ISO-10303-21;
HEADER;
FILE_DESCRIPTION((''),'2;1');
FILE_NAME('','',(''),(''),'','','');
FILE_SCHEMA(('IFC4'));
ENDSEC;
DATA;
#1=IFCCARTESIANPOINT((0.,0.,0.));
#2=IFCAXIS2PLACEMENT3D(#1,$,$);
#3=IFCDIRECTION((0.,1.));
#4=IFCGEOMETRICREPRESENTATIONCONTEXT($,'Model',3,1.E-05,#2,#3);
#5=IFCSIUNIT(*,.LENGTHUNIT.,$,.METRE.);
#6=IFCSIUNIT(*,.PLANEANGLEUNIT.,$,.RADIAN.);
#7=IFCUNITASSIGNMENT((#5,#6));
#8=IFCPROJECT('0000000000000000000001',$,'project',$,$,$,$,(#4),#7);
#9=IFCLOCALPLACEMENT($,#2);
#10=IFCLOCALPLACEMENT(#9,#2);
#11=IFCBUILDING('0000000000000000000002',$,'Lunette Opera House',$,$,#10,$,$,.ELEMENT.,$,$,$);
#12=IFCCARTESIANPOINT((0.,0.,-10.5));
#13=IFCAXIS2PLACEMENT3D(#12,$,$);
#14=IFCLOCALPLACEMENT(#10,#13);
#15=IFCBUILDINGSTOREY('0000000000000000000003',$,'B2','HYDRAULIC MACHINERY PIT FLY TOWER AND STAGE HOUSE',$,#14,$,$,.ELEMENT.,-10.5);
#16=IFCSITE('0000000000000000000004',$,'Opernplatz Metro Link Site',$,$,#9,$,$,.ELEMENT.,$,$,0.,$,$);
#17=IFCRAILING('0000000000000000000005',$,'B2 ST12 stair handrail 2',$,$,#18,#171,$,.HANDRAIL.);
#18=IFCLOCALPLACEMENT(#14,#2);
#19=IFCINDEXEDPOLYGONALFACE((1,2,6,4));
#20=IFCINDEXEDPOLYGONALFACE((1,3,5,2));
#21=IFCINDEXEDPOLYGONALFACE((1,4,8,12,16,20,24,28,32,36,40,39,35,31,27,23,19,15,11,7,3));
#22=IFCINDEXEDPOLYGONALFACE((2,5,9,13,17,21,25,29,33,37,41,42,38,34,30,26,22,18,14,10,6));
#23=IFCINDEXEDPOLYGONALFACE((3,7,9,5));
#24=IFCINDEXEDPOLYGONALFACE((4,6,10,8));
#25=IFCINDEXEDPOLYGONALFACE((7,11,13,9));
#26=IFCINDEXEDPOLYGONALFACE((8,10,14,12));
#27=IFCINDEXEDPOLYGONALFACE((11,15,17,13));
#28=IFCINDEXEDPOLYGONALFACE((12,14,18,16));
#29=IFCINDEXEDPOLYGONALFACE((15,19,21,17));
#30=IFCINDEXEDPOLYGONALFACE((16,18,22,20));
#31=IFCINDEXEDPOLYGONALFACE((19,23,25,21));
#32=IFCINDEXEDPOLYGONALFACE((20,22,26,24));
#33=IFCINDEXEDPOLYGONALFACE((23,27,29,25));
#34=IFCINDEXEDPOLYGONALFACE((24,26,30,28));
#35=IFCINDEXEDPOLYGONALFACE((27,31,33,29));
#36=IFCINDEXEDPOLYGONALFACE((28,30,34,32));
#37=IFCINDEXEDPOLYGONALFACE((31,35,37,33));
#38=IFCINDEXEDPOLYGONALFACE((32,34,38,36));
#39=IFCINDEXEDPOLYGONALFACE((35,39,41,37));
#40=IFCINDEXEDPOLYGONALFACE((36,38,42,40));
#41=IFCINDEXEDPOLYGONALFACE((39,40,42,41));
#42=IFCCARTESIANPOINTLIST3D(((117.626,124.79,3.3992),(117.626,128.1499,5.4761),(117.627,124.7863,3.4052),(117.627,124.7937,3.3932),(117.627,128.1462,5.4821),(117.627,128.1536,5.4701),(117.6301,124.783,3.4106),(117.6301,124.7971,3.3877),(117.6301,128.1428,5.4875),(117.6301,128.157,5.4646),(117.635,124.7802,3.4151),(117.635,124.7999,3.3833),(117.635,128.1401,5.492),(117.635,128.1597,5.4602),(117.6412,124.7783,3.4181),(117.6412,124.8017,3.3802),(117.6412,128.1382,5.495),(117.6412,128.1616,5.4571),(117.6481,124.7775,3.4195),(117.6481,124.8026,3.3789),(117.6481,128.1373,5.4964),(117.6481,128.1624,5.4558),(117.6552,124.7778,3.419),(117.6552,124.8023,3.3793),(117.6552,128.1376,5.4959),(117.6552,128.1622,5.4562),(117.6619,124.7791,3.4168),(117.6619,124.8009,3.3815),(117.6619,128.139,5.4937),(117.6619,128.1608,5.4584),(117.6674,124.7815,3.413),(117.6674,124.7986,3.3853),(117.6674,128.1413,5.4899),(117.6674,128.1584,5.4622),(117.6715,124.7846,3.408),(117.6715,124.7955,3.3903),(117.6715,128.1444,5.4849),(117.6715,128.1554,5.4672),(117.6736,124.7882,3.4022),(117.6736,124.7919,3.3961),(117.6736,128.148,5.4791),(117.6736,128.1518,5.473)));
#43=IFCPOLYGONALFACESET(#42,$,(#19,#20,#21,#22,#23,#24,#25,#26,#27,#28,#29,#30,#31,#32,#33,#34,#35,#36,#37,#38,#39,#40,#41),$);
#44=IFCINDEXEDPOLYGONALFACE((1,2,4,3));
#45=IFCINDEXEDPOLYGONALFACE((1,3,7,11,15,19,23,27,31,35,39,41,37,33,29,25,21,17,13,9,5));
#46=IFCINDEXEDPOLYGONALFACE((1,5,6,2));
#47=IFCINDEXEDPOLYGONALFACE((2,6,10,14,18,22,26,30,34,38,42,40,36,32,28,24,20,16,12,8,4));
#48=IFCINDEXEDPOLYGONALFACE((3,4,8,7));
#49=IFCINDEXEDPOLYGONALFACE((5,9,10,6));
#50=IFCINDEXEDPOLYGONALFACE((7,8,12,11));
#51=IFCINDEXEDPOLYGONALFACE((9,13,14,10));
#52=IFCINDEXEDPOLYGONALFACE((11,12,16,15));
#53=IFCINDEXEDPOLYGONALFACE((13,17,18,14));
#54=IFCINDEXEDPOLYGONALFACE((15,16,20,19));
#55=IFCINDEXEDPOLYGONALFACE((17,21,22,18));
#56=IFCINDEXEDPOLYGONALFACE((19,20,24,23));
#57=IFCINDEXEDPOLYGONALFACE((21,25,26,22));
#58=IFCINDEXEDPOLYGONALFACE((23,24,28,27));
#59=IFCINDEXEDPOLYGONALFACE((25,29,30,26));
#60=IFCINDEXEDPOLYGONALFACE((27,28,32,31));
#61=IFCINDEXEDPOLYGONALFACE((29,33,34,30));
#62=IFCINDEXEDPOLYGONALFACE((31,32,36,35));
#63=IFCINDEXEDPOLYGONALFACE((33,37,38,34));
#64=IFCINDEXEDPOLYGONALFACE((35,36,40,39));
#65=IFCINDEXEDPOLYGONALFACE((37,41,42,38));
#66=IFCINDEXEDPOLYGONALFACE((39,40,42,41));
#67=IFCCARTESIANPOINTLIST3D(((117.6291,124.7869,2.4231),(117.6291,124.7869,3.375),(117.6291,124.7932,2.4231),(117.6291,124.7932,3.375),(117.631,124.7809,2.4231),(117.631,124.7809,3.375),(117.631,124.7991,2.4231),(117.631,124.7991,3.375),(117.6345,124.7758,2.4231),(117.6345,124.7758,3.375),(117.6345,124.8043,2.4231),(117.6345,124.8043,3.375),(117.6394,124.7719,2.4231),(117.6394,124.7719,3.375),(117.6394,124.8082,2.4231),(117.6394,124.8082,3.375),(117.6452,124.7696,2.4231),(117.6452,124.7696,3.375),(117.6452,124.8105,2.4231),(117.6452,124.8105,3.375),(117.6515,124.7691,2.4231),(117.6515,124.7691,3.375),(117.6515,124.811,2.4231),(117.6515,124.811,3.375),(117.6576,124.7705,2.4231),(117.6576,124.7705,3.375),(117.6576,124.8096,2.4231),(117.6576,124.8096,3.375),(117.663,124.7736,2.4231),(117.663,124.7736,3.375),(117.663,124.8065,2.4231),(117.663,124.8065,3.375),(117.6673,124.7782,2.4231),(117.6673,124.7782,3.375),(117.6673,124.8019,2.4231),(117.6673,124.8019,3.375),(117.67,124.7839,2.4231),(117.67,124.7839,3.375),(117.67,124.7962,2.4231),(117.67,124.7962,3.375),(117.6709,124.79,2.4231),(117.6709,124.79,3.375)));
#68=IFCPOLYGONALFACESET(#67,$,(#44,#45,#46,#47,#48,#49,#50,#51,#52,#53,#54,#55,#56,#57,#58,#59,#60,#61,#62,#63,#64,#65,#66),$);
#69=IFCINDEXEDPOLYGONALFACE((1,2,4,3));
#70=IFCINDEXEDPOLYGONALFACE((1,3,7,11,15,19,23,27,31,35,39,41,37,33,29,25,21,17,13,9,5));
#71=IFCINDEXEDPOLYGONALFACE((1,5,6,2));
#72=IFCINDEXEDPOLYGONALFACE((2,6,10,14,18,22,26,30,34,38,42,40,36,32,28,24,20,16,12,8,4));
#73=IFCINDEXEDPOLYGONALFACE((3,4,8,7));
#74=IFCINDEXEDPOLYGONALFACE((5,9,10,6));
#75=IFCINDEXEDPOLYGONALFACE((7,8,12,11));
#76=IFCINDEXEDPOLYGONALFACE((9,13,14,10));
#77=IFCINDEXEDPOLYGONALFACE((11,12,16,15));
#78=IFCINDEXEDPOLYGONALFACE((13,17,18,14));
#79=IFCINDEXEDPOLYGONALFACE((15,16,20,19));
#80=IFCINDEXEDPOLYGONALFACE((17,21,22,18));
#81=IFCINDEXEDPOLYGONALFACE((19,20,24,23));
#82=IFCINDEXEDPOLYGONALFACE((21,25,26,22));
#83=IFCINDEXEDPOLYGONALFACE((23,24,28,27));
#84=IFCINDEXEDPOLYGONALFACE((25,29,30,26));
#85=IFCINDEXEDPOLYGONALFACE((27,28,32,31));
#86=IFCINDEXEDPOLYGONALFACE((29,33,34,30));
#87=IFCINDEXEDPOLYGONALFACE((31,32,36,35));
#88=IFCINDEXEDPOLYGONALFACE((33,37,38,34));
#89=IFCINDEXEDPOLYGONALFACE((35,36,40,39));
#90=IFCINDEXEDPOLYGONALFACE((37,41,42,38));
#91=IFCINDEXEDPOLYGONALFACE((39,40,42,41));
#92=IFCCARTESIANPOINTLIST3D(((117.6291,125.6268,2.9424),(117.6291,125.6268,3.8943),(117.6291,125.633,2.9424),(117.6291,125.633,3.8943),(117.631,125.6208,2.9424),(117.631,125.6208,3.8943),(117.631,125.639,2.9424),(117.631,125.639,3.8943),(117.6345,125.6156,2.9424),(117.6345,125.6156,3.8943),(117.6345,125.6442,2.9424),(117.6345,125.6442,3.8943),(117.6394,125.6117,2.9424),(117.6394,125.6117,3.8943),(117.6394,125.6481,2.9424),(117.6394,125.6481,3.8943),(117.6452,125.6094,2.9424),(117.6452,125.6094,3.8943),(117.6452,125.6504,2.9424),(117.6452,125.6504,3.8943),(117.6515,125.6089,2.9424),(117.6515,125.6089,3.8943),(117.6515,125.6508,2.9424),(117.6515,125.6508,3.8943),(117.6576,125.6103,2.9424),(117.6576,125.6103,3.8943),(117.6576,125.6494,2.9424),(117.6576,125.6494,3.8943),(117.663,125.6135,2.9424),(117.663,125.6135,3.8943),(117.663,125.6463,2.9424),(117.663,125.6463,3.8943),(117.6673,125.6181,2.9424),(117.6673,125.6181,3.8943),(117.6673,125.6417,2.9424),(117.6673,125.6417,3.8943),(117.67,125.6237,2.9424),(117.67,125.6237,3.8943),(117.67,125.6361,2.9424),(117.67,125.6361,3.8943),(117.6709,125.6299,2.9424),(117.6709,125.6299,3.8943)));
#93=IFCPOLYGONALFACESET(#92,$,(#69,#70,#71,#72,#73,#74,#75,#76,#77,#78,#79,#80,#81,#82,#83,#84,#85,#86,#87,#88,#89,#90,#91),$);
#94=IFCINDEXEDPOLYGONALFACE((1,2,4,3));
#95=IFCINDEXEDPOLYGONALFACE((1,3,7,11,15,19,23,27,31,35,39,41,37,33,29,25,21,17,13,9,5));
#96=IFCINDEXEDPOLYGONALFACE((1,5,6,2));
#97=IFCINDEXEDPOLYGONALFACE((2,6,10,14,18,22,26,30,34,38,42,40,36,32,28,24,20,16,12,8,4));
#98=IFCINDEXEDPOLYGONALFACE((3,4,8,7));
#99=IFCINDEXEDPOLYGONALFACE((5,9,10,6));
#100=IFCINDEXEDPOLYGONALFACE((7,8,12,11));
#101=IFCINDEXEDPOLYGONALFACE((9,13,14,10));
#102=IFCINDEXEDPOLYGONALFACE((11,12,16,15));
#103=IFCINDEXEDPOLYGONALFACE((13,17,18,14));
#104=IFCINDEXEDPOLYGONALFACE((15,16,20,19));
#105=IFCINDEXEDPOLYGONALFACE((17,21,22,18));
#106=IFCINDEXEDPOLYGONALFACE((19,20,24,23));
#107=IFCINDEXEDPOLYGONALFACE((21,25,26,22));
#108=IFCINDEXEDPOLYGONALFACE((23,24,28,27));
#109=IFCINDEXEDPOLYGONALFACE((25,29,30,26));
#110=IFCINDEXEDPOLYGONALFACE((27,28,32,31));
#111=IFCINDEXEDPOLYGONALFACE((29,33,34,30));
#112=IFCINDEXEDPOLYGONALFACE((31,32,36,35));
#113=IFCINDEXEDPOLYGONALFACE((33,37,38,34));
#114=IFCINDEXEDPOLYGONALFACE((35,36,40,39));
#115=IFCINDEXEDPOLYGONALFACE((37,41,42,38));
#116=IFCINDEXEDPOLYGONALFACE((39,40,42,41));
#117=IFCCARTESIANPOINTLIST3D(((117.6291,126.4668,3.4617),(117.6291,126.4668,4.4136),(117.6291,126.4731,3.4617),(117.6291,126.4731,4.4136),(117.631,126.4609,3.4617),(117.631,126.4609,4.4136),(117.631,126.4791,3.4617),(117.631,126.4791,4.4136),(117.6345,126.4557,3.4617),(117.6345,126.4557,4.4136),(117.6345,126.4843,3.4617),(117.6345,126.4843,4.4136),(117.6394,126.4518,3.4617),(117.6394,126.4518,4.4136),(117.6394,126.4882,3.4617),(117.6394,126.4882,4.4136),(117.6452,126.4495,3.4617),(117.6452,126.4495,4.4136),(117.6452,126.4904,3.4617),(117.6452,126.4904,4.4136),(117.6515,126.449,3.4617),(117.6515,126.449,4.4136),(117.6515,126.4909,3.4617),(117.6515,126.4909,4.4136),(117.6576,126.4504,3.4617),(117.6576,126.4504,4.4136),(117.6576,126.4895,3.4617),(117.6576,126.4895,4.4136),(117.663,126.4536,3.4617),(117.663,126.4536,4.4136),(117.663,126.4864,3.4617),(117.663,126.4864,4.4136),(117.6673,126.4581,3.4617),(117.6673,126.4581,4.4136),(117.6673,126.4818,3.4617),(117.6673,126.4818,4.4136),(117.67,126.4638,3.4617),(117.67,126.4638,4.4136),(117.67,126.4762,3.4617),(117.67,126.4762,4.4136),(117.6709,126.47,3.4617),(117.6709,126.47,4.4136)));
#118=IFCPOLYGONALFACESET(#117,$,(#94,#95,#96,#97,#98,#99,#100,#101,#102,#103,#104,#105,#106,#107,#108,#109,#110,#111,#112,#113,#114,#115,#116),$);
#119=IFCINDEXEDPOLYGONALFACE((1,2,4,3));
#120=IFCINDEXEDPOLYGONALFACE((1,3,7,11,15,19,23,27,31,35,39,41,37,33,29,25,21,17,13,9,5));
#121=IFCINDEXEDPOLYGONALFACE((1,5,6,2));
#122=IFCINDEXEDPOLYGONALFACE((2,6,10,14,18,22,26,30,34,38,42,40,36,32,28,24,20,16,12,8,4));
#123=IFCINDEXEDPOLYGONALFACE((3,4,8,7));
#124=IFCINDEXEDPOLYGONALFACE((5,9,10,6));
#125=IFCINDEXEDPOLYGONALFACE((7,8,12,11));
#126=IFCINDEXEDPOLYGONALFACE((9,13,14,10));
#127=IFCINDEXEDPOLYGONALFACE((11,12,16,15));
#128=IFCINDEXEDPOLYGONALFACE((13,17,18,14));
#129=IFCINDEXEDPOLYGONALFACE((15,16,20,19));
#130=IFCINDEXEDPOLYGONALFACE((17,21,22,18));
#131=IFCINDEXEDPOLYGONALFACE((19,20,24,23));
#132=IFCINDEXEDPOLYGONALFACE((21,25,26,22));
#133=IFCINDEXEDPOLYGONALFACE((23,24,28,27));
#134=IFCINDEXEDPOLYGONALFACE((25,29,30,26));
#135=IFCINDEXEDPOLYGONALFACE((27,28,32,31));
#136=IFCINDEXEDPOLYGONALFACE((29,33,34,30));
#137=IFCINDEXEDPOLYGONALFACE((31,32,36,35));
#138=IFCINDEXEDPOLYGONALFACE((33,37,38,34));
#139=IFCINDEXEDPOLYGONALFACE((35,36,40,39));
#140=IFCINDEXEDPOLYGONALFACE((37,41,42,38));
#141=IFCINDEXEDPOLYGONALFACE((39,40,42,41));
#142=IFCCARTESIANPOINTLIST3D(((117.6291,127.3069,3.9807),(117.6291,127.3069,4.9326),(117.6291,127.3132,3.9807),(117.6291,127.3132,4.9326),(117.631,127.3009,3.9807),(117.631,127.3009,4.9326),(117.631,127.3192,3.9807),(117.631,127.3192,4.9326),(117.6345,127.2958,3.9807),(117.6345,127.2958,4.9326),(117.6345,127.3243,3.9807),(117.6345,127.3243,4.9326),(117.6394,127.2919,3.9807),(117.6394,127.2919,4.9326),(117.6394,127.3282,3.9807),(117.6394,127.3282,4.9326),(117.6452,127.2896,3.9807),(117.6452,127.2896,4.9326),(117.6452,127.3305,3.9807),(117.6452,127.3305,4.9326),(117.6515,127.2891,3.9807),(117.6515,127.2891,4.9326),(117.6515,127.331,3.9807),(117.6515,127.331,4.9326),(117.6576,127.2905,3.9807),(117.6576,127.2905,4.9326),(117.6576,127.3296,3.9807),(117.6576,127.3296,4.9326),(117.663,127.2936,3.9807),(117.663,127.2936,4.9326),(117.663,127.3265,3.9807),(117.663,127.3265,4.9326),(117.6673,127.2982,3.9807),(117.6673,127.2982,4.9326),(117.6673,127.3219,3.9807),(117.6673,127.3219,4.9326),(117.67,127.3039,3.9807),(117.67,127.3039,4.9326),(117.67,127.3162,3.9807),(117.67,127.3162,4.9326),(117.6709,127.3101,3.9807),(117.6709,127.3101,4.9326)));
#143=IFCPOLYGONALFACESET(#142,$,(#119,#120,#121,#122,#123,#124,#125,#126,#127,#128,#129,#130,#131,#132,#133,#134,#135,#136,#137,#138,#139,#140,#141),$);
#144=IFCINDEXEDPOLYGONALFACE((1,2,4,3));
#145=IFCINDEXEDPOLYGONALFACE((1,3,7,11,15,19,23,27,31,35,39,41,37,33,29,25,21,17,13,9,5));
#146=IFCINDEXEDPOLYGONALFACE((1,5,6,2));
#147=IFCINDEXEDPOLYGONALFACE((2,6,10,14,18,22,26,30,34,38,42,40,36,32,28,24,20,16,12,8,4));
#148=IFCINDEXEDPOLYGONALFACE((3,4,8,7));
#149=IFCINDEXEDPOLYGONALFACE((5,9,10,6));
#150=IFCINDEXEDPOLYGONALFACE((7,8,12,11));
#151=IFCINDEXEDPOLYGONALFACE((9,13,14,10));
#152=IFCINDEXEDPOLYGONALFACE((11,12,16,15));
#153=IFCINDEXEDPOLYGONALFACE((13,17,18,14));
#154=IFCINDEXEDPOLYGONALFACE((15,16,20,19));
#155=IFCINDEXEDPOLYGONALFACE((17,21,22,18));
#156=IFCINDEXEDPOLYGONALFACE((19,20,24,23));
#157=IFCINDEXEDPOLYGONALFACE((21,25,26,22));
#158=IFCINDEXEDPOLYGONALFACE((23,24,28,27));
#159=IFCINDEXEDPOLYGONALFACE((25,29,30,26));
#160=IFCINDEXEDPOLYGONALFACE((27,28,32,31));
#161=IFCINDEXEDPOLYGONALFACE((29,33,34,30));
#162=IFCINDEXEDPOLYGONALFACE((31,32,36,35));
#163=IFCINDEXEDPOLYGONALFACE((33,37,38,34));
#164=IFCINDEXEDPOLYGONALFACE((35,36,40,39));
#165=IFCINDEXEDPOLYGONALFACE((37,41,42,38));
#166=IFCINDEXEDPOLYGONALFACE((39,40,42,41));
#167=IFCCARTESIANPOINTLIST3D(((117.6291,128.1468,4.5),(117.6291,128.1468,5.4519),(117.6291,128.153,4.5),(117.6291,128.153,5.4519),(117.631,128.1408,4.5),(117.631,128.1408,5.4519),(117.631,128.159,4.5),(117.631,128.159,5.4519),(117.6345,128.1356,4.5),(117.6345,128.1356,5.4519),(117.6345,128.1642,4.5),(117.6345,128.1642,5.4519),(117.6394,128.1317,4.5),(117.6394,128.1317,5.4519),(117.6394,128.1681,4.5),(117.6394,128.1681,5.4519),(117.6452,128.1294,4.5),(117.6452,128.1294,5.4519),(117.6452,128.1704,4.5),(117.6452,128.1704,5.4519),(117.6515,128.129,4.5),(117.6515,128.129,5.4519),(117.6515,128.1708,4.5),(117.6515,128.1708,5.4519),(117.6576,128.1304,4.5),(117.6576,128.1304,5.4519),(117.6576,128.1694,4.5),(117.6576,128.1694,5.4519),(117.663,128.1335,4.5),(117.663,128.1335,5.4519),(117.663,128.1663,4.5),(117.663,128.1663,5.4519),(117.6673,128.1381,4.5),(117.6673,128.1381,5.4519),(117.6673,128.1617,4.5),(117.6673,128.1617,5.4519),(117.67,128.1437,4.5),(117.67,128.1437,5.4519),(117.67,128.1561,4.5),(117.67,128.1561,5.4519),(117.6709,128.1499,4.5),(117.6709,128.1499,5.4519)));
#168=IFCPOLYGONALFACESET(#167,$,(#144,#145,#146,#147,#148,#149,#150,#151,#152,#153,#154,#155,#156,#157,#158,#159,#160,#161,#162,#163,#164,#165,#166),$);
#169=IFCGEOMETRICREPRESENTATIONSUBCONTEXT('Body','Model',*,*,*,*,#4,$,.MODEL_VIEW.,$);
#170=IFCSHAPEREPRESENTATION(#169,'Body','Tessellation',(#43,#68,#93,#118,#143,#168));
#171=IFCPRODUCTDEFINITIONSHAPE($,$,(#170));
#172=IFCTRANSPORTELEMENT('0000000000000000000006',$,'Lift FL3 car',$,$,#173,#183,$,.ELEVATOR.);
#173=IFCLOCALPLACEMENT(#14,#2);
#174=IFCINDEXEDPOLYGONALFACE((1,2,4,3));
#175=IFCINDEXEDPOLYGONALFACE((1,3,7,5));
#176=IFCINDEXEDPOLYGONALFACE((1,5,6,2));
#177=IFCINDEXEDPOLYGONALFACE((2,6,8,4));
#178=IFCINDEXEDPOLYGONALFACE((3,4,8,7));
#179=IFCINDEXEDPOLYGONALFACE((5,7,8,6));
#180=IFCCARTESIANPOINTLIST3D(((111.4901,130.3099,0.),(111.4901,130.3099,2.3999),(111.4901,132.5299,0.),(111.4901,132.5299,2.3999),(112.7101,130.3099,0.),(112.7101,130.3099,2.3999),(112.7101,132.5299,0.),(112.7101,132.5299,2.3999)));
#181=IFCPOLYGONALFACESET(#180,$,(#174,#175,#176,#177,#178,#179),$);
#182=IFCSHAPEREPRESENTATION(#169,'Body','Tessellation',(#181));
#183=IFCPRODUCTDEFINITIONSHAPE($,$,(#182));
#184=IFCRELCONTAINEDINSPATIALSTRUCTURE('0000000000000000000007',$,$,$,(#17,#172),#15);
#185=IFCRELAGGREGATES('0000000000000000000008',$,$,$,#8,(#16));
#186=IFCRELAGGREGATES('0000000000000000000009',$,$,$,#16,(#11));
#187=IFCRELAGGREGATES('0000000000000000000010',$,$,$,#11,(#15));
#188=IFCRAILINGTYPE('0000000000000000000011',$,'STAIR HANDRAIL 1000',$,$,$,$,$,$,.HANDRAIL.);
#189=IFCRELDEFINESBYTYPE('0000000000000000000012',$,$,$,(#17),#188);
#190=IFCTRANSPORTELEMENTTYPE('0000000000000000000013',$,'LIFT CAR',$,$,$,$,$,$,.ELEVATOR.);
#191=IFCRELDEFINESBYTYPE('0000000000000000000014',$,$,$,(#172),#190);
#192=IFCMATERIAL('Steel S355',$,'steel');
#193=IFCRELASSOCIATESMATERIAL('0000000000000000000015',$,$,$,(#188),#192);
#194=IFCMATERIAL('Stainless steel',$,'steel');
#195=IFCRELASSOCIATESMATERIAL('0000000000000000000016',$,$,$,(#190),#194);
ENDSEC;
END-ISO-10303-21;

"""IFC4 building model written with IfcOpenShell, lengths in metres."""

from ifc_helpers import new_model, si_unit, direction, frame, origin, origin_2d, place, context, subcontext, project, spatial, rectangle, circle, extrude, material, type_object, element, save


model = new_model("IFC4")

# Units and contexts
model_context = context("Model", 3, precision=1e-05, world=origin(), true_north=direction((0.0, 1.0)))
body_context = subcontext(model_context, "Body", "Model", "MODEL_VIEW")
ifc_project = project(units=[si_unit("LENGTHUNIT", "METRE"), si_unit("PLANEANGLEUNIT", "RADIAN")], contexts=[model_context])

# Site, building, storey
site_placement = place(None, origin())
site = spatial("IfcSite", under=ifc_project, at=site_placement, Name="Opernplatz Metro Link Site", CompositionType="ELEMENT", RefElevation=0.0)
building_placement = place(site_placement, origin())
building = spatial("IfcBuilding", under=site, at=building_placement, Name="Lunette Opera House", CompositionType="ELEMENT")
storey_placement = place(building_placement, frame((0.0, 0.0, -10.5)))
storey = spatial("IfcBuildingStorey", under=building, at=storey_placement, Name="B2", Description="HYDRAULIC MACHINERY PIT FLY TOWER AND STAGE HOUSE", CompositionType="ELEMENT", Elevation=-10.5)

# Railing
ifc_material_1 = material(Name="Steel S355", Category="steel")
railing_type_1 = type_object("IfcRailingType", Name="STAIR HANDRAIL 1000", PredefinedType="HANDRAIL", material=ifc_material_1)
railing_1_placement = place(storey_placement, frame((117.6499, 124.79, 2.4231)))
element("IfcRailing", 1, at=railing_1_placement, inside=storey, type_object=railing_type_1, Name="B2 ST12 stair handrail 2", PredefinedType="HANDRAIL", context=body_context, shape_type="SweptSolid", body=[
    extrude(circle(Radius=0.0239, at=origin_2d()), frame((0.0, 0.0, 0.9761), z_axis=(0.0, 0.850606, 0.525803), x_axis=(-1.0, 0.0, 0.0)), (0.0, 0.0, 1.0), 3.95),
    extrude(circle(Radius=0.021, at=origin_2d()), origin(), (0.0, 0.0, 1.0), 0.9519),
    extrude(circle(Radius=0.021, at=origin_2d()), frame((0.0, 0.8398, 0.5193)), (0.0, 0.0, 1.0), 0.9519),
    extrude(circle(Radius=0.021, at=origin_2d()), frame((0.0, 1.6799, 1.0386)), (0.0, 0.0, 1.0), 0.9519),
    extrude(circle(Radius=0.021, at=origin_2d()), frame((0.0, 2.52, 1.5576)), (0.0, 0.0, 1.0), 0.9519),
    extrude(circle(Radius=0.021, at=origin_2d()), frame((0.0, 3.3599, 2.0769)), (0.0, 0.0, 1.0), 0.9519),
])

# Transport element
ifc_material_2 = material(Name="Stainless steel", Category="steel")
transport_element_type = type_object("IfcTransportElementType", Name="LIFT CAR", PredefinedType="ELEVATOR", material=ifc_material_2)
transport_element_placement = place(storey_placement, frame((112.1001, 131.4199, 0.0), z_axis=(0.0, 0.0, 1.0), x_axis=(1.0, 0.0, 0.0)))
element("IfcTransportElement", 2, at=transport_element_placement, inside=storey, type_object=transport_element_type, Name="Lift FL3 car", PredefinedType="ELEVATOR", context=body_context, shape_type="SweptSolid", body=[
    extrude(rectangle(XDim=1.22, YDim=2.22, at=origin_2d()), origin(), (0.0, 0.0, 1.0), 2.3999),
])

save(model, "model.ifc")
